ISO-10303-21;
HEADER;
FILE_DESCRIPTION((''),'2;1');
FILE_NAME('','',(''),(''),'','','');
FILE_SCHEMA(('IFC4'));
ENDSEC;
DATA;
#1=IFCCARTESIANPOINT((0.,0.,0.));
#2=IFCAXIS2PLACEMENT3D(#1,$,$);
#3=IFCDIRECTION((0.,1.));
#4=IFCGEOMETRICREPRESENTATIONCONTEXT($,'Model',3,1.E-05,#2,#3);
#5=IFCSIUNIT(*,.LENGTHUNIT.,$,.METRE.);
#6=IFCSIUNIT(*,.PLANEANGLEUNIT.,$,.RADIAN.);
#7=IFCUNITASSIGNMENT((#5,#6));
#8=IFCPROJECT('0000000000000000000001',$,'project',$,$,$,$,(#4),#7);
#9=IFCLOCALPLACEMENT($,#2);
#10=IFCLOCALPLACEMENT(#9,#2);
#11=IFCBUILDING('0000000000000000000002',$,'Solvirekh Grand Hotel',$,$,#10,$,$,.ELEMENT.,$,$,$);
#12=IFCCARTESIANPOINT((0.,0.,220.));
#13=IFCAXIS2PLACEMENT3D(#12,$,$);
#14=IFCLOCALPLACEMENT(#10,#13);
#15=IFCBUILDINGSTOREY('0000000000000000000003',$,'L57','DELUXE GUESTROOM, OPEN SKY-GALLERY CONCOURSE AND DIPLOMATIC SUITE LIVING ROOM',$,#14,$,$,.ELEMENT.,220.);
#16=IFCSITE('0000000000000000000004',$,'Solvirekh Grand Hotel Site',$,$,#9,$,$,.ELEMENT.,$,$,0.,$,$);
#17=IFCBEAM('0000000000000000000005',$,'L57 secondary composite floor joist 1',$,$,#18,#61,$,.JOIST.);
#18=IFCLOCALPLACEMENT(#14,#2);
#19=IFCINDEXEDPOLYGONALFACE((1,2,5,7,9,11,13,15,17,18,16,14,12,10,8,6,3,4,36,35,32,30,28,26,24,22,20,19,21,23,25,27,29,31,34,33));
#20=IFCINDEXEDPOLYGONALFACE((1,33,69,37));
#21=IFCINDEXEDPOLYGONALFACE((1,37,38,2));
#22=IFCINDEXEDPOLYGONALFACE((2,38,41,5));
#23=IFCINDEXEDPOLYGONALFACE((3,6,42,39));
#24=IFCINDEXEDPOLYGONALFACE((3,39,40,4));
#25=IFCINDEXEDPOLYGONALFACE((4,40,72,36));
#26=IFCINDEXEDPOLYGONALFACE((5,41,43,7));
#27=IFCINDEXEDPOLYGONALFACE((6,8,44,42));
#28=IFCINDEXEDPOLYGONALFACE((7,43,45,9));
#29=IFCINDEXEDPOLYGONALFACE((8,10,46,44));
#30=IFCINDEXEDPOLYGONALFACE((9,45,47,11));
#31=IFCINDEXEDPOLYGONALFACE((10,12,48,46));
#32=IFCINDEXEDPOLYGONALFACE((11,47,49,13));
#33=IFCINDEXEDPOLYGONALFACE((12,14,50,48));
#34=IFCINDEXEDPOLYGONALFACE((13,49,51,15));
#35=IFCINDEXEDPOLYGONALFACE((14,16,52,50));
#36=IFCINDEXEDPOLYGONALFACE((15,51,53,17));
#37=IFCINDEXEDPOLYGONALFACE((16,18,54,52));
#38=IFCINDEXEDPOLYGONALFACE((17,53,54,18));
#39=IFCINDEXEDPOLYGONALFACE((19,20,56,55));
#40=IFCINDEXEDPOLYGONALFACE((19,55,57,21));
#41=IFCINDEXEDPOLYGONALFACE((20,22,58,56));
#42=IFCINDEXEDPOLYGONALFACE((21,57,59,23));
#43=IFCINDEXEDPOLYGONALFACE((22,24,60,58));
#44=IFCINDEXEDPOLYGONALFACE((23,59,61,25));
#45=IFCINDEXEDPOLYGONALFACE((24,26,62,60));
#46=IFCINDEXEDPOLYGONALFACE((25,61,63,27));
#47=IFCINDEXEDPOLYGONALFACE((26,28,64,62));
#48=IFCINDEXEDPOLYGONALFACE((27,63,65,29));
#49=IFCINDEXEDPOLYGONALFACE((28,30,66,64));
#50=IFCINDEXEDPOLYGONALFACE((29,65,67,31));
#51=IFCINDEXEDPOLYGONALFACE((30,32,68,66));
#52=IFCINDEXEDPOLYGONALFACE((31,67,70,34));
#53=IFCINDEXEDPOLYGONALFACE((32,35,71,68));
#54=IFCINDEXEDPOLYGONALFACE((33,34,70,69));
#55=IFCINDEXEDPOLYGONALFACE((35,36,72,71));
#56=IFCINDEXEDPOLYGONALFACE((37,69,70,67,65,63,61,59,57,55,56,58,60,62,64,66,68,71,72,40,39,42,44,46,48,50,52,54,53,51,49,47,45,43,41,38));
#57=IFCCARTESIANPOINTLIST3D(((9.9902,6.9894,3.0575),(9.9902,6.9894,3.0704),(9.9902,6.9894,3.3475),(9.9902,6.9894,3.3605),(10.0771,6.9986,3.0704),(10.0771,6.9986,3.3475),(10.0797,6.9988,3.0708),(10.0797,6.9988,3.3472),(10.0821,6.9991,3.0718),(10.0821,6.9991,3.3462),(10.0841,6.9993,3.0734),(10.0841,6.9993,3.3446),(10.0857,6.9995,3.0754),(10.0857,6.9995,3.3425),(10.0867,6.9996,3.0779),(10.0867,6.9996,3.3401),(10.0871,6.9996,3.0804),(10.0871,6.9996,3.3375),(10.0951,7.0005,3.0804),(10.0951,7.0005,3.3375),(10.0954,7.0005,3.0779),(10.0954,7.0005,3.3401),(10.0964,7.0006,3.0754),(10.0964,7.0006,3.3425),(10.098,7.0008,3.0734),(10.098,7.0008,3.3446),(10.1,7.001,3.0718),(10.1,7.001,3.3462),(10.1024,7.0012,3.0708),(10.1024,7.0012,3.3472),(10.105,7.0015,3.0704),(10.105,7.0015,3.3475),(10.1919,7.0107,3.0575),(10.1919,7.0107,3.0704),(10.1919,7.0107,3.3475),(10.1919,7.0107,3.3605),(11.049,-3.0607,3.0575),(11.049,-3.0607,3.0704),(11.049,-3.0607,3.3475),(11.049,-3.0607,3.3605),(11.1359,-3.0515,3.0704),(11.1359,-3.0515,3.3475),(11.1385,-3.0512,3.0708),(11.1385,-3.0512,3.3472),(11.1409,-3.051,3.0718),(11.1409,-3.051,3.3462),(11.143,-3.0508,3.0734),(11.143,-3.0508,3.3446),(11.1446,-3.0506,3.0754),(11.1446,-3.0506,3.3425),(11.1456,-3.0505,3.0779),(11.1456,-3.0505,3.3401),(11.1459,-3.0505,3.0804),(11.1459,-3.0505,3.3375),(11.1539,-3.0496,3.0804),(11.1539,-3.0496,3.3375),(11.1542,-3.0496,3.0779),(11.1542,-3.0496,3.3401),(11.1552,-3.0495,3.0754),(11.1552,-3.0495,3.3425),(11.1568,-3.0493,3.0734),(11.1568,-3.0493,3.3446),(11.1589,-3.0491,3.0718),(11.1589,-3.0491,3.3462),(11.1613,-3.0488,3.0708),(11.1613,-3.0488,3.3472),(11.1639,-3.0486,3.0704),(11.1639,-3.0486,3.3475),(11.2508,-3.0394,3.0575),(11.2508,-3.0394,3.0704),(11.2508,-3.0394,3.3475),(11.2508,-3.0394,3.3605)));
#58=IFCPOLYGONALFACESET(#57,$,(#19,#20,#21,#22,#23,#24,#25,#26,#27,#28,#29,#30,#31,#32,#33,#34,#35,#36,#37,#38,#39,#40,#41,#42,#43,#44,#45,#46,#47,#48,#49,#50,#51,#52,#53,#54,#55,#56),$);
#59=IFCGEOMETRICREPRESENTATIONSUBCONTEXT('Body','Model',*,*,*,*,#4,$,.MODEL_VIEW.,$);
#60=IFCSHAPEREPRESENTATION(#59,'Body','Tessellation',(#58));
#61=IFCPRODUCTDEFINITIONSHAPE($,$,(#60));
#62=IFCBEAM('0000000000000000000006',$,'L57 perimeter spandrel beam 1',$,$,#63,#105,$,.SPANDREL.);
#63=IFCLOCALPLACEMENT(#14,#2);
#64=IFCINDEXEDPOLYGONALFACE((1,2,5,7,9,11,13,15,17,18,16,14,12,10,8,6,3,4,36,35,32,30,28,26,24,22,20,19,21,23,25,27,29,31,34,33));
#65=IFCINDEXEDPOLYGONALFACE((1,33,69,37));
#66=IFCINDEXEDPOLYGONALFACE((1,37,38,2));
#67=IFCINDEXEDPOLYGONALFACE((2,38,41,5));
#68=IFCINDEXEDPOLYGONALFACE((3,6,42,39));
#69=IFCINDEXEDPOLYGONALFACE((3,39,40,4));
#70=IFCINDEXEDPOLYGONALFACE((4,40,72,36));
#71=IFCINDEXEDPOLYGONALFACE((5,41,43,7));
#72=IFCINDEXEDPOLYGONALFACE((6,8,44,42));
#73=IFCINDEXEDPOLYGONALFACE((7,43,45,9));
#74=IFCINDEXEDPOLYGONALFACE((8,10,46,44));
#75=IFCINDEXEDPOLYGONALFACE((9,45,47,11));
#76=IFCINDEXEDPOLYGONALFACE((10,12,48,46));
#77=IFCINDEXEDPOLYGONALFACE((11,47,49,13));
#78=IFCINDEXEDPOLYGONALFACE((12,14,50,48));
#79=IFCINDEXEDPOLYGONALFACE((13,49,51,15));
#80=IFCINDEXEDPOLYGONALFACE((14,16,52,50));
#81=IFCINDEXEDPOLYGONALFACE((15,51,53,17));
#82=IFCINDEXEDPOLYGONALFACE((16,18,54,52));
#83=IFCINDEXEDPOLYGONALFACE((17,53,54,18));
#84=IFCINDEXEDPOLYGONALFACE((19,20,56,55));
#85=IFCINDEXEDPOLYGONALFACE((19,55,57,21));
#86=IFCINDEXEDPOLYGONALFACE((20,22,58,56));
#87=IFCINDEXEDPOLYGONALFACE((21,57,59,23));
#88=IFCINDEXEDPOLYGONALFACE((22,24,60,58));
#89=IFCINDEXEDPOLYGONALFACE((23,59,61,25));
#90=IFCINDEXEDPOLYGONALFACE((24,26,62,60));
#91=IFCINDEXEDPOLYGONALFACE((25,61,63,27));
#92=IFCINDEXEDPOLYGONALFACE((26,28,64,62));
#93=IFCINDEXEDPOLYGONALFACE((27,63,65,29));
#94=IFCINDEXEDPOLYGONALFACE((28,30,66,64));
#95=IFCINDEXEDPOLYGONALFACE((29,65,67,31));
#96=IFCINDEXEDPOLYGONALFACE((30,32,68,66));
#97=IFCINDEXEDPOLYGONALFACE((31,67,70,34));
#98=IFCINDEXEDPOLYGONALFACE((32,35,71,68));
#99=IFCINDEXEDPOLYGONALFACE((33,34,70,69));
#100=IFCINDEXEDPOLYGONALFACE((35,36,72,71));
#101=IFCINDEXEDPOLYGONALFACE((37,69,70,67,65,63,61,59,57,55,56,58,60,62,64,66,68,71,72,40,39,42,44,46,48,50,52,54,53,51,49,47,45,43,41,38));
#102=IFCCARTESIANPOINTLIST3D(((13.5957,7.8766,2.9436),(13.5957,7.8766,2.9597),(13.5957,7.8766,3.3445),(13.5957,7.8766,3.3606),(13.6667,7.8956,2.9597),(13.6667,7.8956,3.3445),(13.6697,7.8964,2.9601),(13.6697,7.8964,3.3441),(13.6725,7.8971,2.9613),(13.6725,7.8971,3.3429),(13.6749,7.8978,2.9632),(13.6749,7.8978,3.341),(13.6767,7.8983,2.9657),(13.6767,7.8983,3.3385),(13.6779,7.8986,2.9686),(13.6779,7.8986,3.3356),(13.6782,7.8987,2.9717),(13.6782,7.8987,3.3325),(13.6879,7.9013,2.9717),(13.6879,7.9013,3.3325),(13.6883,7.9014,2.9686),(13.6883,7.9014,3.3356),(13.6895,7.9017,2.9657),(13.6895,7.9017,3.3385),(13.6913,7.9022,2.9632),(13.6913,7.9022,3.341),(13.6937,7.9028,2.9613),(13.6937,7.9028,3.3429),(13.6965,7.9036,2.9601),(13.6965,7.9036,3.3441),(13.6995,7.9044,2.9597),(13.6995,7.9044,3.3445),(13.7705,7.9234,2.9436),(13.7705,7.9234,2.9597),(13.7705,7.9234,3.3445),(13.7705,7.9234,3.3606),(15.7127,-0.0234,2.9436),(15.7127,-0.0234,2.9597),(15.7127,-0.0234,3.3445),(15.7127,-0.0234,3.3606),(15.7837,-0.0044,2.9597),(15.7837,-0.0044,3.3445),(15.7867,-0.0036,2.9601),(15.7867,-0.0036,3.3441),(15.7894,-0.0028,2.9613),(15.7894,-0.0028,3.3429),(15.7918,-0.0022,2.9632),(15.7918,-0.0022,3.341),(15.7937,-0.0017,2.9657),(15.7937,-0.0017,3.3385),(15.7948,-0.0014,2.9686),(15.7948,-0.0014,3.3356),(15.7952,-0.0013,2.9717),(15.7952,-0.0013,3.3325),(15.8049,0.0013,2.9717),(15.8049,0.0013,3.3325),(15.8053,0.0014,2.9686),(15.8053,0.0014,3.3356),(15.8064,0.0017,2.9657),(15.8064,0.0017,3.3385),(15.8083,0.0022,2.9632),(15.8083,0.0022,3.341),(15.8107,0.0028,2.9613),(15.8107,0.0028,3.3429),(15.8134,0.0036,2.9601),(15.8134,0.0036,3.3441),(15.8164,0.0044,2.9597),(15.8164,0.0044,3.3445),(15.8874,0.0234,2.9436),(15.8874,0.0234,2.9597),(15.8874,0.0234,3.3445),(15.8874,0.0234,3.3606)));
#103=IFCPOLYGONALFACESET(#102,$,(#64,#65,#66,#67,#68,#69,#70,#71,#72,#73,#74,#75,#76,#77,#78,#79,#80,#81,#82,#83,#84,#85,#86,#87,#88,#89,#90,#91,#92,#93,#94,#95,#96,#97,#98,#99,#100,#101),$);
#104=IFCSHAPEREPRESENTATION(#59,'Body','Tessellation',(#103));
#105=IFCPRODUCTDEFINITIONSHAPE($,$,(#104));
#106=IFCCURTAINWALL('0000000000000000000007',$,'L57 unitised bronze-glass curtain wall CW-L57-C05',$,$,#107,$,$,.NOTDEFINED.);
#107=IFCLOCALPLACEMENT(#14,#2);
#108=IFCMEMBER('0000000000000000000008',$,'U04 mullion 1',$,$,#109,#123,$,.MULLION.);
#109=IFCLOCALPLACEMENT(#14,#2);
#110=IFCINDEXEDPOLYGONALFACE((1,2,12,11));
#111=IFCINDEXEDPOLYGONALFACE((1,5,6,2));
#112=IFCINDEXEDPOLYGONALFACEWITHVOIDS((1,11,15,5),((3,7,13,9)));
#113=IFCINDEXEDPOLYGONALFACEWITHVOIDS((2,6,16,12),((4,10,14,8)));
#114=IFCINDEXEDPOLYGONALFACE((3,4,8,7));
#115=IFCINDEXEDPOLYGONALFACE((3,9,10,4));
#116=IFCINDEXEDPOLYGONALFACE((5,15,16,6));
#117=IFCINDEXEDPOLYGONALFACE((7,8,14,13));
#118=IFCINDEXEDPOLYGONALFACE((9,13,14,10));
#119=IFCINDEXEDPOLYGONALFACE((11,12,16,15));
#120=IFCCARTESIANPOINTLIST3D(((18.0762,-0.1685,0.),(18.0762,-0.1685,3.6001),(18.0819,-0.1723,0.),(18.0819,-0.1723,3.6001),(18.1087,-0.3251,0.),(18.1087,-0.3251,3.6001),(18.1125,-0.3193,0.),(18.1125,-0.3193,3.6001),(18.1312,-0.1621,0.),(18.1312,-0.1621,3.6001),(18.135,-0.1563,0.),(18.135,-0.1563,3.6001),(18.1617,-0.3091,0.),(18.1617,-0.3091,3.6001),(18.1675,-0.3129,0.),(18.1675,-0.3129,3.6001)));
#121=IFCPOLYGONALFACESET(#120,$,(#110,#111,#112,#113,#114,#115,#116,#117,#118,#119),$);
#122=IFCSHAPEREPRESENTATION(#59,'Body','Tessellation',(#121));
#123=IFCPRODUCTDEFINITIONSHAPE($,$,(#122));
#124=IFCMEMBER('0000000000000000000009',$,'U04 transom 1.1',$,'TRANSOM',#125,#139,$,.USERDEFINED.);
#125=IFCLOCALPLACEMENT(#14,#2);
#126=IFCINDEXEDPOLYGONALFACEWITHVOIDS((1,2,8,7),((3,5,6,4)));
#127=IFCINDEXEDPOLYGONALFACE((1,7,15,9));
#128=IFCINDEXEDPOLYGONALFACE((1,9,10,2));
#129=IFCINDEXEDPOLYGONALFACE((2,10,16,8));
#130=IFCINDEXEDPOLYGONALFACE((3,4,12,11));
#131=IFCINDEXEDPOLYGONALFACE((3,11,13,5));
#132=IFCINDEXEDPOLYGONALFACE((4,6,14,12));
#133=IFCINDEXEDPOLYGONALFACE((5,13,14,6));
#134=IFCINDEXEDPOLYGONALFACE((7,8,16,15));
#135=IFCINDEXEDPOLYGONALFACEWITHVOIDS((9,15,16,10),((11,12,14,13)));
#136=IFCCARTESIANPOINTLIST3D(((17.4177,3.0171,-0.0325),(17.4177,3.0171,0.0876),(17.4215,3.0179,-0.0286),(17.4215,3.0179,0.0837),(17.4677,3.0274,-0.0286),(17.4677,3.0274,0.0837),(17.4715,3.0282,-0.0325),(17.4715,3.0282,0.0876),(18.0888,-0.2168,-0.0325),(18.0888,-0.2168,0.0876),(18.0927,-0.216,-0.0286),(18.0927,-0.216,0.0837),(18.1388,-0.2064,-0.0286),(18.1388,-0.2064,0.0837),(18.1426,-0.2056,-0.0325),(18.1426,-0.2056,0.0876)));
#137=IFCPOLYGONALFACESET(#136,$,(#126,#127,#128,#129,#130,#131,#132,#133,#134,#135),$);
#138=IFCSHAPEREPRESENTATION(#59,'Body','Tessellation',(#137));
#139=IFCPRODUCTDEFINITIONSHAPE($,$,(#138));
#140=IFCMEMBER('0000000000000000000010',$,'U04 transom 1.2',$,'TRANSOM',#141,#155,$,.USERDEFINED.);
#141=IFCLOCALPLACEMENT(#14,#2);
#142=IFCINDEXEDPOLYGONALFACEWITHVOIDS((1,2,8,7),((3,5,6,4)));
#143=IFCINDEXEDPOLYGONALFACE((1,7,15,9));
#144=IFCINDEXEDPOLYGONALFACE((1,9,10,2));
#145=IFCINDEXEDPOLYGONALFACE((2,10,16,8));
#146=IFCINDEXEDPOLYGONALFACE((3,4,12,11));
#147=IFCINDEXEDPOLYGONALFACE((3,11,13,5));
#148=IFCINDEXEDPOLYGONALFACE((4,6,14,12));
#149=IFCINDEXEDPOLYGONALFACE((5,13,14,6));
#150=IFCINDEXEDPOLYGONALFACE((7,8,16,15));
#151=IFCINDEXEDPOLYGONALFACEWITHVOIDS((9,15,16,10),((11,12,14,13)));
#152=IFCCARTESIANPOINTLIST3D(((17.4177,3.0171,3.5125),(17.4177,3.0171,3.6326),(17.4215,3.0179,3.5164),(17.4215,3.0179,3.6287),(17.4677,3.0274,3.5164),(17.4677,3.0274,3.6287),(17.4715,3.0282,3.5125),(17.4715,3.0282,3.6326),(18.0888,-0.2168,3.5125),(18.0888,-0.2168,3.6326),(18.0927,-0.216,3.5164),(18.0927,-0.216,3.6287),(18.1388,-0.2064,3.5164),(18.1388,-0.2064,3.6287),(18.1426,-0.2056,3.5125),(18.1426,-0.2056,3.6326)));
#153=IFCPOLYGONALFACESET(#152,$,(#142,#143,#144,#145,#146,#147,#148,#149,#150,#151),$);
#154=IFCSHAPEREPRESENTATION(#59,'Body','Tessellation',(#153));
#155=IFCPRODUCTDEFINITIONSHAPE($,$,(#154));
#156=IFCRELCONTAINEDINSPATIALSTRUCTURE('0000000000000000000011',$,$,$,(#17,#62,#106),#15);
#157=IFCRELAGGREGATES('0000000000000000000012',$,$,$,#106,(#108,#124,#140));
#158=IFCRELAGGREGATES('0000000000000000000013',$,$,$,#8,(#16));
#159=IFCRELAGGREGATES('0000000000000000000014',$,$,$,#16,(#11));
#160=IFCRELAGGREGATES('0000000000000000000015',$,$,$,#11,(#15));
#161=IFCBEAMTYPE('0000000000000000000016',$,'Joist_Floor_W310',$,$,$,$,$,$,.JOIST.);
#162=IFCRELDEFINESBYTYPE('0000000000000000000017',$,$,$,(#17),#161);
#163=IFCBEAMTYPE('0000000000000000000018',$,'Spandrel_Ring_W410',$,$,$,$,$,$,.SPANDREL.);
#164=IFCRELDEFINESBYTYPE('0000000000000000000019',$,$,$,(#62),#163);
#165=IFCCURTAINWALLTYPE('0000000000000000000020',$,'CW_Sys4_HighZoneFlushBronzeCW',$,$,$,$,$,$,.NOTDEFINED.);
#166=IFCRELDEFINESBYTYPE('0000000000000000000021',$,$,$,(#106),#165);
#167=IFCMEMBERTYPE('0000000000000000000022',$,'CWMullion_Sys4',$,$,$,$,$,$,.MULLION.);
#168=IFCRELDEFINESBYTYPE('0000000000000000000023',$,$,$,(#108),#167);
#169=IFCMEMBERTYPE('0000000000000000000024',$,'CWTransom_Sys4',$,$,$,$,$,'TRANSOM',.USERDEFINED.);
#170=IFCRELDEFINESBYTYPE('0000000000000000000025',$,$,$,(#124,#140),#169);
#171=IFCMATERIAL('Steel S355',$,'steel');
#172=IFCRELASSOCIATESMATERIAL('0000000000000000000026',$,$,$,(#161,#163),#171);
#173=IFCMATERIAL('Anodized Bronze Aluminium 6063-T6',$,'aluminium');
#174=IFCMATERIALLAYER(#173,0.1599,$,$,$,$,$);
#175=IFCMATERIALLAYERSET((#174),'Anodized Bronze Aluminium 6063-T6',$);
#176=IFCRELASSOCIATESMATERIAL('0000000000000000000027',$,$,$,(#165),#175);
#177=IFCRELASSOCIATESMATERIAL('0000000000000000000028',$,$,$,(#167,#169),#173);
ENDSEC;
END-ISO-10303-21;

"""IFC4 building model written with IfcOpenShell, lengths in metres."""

from ifc_helpers import new_model, si_unit, direction, frame, origin, origin_2d, place, context, subcontext, project, spatial, hollow_rectangle, i_section, extrude, source, transform, mapped, material, layer, layer_set, material_profile, profile_set, type_object, element, aggregate, save


model = new_model("IFC4")

# Units and contexts
model_context = context("Model", 3, precision=1e-05, world=origin(), true_north=direction((0.0, 1.0)))
body_context = subcontext(model_context, "Body", "Model", "MODEL_VIEW")
ifc_project = project(units=[si_unit("LENGTHUNIT", "METRE"), si_unit("PLANEANGLEUNIT", "RADIAN")], contexts=[model_context])

# Site, building, storey
site_placement = place(None, origin())
site = spatial("IfcSite", under=ifc_project, at=site_placement, Name="Solvirekh Grand Hotel Site", CompositionType="ELEMENT", RefElevation=0.0)
building_placement = place(site_placement, origin())
building = spatial("IfcBuilding", under=site, at=building_placement, Name="Solvirekh Grand Hotel", CompositionType="ELEMENT")
storey_placement = place(building_placement, frame((0.0, 0.0, 220.0)))
storey = spatial("IfcBuildingStorey", under=building, at=storey_placement, Name="L57", Description="DELUXE GUESTROOM, OPEN SKY-GALLERY CONCOURSE AND DIPLOMATIC SUITE LIVING ROOM", CompositionType="ELEMENT", Elevation=220.0)

# Beams
ifc_material_1 = material(Name="Steel S355", Category="steel")
ifc_material_profile_1 = material_profile(ifc_material_1, i_section(OverallWidth=0.2029, OverallDepth=0.303, WebThickness=0.0081, FlangeThickness=0.0129, FilletRadius=0.01, at=origin_2d()), Name="W310X60")
ifc_profile_set_1 = profile_set([ifc_material_profile_1], Name="Steel S355")
beam_type_1 = type_object("IfcBeamType", Name="Joist_Floor_W310", PredefinedType="JOIST", material=ifc_profile_set_1)
beam_1_placement = place(storey_placement, frame((11.1499, -3.05, 3.209), z_axis=(-0.104777, 0.994496, 0.0), x_axis=(-0.994496, -0.104777, 0.0)))
element("IfcBeam", 1, at=beam_1_placement, inside=storey, type_object=beam_type_1, Name="L57 secondary composite floor joist 1", PredefinedType="JOIST", context=body_context, shape_type="SweptSolid", body=[
    extrude(i_section(OverallWidth=0.2029, OverallDepth=0.303, WebThickness=0.0081, FlangeThickness=0.0129, FilletRadius=0.01, at=origin_2d()), origin(), (0.0, 0.0, 1.0), 10.1057),
])
ifc_material_profile_2 = material_profile(ifc_material_1, i_section(OverallWidth=0.1809, OverallDepth=0.417, WebThickness=0.01, FlangeThickness=0.0161, FilletRadius=0.012, at=origin_2d()), Name="W410X85")
ifc_profile_set_2 = profile_set([ifc_material_profile_2], Name="Steel S355")
beam_type_2 = type_object("IfcBeamType", Name="Spandrel_Ring_W410", PredefinedType="SPANDREL", material=ifc_profile_set_2)
beam_2_placement = place(storey_placement, frame((15.8, 0.0, 3.1521), z_axis=(-0.258839, 0.965921, 0.0), x_axis=(-0.965921, -0.258839, 0.0)))
element("IfcBeam", 2, at=beam_2_placement, inside=storey, type_object=beam_type_2, Name="L57 perimeter spandrel beam 1", PredefinedType="SPANDREL", context=body_context, shape_type="SweptSolid", body=[
    extrude(i_section(OverallWidth=0.1809, OverallDepth=0.417, WebThickness=0.01, FlangeThickness=0.0161, FilletRadius=0.012, at=origin_2d()), origin(), (0.0, 0.0, 1.0), 8.1787),
])

# Curtain wall, members
ifc_material_2 = material(Name="Anodized Bronze Aluminium 6063-T6", Category="aluminium")
ifc_layer_1 = layer(ifc_material_2, 0.1599)
ifc_layer_set_1 = layer_set([ifc_layer_1], Name="Anodized Bronze Aluminium 6063-T6")
curtain_wall_type = type_object("IfcCurtainWallType", Name="CW_Sys4_HighZoneFlushBronzeCW", PredefinedType="NOTDEFINED", material=ifc_layer_set_1)
curtain_wall_placement = place(storey_placement, origin())
curtain_wall = element("IfcCurtainWall", 3, at=curtain_wall_placement, inside=storey, type_object=curtain_wall_type, Name="L57 unitised bronze-glass curtain wall CW-L57-C05", PredefinedType="NOTDEFINED")
ifc_material_profile_3 = material_profile(ifc_material_2, hollow_rectangle(XDim=0.0601, YDim=0.1599, WallThickness=0.0049, at=origin_2d()), Name="ALU RHS 160X60X5")
ifc_profile_set_3 = profile_set([ifc_material_profile_3], Name="Anodized Bronze Aluminium 6063-T6")
member_type_1 = type_object("IfcMemberType", Name="CWMullion_Sys4", PredefinedType="MULLION", material=ifc_profile_set_3)
shared_shape_1 = source(origin(), body_context, "Body", "SweptSolid", [
    extrude(hollow_rectangle(XDim=0.0601, YDim=0.1599, WallThickness=0.0049, at=origin_2d()), origin(), (0.0, 0.0, 1.0), 3.6001),
])
member_1_placement = place(storey_placement, frame((18.1218, -0.2407, 0.0), z_axis=(0.0, 0.0, 1.0), x_axis=(-0.979132, -0.203224, 0.0)))
member_1 = element("IfcMember", 4, at=member_1_placement, type_object=member_type_1, Name="U04 mullion 1", PredefinedType="MULLION", context=body_context, shape_type="MappedRepresentation", body=[
    mapped(shared_shape_1, transform((0.0, 0.0, 0.0), x_axis=(1.0, 0.0, 0.0), y_axis=(0.0, 1.0, 0.0), z_axis=(0.0, 0.0, 1.0), scale=1.0)),
])
ifc_material_profile_4 = material_profile(ifc_material_2, hollow_rectangle(XDim=0.0549, YDim=0.1201, WallThickness=0.0039, at=origin_2d()), Name="ALU RHS 120X55X4")
ifc_profile_set_4 = profile_set([ifc_material_profile_4], Name="Anodized Bronze Aluminium 6063-T6")
member_type_2 = type_object("IfcMemberType", Name="CWTransom_Sys4", ElementType="TRANSOM", PredefinedType="USERDEFINED", material=ifc_profile_set_4)
shared_shape_2 = source(origin(), body_context, "Body", "SweptSolid", [
    extrude(hollow_rectangle(XDim=0.0549, YDim=0.1201, WallThickness=0.0039, at=origin_2d()), origin(), (0.0, 0.0, 1.0), 3.3027),
])
member_2_placement = place(storey_placement, frame((18.1157, -0.2112, 0.0276), z_axis=(-0.203204, 0.979136, 0.0), x_axis=(-0.979136, -0.203204, 0.0)))
member_2 = element("IfcMember", 5, at=member_2_placement, type_object=member_type_2, Name="U04 transom 1.1", ObjectType="TRANSOM", PredefinedType="USERDEFINED", context=body_context, shape_type="MappedRepresentation", body=[
    mapped(shared_shape_2, transform((0.0, 0.0, 0.0), x_axis=(1.0, 0.0, 0.0), y_axis=(0.0, 1.0, 0.0), z_axis=(0.0, 0.0, 1.0), scale=1.0)),
])
member_3_placement = place(storey_placement, frame((18.1157, -0.2112, 3.5725), z_axis=(-0.203204, 0.979136, 0.0), x_axis=(-0.979136, -0.203204, 0.0)))
member_3 = element("IfcMember", 6, at=member_3_placement, type_object=member_type_2, Name="U04 transom 1.2", ObjectType="TRANSOM", PredefinedType="USERDEFINED", context=body_context, shape_type="MappedRepresentation", body=[
    mapped(shared_shape_2, transform((0.0, 0.0, 0.0), x_axis=(1.0, 0.0, 0.0), y_axis=(0.0, 1.0, 0.0), z_axis=(0.0, 0.0, 1.0), scale=1.0)),
])
aggregate(curtain_wall, [member_1, member_2, member_3])

save(model, "model.ifc")
